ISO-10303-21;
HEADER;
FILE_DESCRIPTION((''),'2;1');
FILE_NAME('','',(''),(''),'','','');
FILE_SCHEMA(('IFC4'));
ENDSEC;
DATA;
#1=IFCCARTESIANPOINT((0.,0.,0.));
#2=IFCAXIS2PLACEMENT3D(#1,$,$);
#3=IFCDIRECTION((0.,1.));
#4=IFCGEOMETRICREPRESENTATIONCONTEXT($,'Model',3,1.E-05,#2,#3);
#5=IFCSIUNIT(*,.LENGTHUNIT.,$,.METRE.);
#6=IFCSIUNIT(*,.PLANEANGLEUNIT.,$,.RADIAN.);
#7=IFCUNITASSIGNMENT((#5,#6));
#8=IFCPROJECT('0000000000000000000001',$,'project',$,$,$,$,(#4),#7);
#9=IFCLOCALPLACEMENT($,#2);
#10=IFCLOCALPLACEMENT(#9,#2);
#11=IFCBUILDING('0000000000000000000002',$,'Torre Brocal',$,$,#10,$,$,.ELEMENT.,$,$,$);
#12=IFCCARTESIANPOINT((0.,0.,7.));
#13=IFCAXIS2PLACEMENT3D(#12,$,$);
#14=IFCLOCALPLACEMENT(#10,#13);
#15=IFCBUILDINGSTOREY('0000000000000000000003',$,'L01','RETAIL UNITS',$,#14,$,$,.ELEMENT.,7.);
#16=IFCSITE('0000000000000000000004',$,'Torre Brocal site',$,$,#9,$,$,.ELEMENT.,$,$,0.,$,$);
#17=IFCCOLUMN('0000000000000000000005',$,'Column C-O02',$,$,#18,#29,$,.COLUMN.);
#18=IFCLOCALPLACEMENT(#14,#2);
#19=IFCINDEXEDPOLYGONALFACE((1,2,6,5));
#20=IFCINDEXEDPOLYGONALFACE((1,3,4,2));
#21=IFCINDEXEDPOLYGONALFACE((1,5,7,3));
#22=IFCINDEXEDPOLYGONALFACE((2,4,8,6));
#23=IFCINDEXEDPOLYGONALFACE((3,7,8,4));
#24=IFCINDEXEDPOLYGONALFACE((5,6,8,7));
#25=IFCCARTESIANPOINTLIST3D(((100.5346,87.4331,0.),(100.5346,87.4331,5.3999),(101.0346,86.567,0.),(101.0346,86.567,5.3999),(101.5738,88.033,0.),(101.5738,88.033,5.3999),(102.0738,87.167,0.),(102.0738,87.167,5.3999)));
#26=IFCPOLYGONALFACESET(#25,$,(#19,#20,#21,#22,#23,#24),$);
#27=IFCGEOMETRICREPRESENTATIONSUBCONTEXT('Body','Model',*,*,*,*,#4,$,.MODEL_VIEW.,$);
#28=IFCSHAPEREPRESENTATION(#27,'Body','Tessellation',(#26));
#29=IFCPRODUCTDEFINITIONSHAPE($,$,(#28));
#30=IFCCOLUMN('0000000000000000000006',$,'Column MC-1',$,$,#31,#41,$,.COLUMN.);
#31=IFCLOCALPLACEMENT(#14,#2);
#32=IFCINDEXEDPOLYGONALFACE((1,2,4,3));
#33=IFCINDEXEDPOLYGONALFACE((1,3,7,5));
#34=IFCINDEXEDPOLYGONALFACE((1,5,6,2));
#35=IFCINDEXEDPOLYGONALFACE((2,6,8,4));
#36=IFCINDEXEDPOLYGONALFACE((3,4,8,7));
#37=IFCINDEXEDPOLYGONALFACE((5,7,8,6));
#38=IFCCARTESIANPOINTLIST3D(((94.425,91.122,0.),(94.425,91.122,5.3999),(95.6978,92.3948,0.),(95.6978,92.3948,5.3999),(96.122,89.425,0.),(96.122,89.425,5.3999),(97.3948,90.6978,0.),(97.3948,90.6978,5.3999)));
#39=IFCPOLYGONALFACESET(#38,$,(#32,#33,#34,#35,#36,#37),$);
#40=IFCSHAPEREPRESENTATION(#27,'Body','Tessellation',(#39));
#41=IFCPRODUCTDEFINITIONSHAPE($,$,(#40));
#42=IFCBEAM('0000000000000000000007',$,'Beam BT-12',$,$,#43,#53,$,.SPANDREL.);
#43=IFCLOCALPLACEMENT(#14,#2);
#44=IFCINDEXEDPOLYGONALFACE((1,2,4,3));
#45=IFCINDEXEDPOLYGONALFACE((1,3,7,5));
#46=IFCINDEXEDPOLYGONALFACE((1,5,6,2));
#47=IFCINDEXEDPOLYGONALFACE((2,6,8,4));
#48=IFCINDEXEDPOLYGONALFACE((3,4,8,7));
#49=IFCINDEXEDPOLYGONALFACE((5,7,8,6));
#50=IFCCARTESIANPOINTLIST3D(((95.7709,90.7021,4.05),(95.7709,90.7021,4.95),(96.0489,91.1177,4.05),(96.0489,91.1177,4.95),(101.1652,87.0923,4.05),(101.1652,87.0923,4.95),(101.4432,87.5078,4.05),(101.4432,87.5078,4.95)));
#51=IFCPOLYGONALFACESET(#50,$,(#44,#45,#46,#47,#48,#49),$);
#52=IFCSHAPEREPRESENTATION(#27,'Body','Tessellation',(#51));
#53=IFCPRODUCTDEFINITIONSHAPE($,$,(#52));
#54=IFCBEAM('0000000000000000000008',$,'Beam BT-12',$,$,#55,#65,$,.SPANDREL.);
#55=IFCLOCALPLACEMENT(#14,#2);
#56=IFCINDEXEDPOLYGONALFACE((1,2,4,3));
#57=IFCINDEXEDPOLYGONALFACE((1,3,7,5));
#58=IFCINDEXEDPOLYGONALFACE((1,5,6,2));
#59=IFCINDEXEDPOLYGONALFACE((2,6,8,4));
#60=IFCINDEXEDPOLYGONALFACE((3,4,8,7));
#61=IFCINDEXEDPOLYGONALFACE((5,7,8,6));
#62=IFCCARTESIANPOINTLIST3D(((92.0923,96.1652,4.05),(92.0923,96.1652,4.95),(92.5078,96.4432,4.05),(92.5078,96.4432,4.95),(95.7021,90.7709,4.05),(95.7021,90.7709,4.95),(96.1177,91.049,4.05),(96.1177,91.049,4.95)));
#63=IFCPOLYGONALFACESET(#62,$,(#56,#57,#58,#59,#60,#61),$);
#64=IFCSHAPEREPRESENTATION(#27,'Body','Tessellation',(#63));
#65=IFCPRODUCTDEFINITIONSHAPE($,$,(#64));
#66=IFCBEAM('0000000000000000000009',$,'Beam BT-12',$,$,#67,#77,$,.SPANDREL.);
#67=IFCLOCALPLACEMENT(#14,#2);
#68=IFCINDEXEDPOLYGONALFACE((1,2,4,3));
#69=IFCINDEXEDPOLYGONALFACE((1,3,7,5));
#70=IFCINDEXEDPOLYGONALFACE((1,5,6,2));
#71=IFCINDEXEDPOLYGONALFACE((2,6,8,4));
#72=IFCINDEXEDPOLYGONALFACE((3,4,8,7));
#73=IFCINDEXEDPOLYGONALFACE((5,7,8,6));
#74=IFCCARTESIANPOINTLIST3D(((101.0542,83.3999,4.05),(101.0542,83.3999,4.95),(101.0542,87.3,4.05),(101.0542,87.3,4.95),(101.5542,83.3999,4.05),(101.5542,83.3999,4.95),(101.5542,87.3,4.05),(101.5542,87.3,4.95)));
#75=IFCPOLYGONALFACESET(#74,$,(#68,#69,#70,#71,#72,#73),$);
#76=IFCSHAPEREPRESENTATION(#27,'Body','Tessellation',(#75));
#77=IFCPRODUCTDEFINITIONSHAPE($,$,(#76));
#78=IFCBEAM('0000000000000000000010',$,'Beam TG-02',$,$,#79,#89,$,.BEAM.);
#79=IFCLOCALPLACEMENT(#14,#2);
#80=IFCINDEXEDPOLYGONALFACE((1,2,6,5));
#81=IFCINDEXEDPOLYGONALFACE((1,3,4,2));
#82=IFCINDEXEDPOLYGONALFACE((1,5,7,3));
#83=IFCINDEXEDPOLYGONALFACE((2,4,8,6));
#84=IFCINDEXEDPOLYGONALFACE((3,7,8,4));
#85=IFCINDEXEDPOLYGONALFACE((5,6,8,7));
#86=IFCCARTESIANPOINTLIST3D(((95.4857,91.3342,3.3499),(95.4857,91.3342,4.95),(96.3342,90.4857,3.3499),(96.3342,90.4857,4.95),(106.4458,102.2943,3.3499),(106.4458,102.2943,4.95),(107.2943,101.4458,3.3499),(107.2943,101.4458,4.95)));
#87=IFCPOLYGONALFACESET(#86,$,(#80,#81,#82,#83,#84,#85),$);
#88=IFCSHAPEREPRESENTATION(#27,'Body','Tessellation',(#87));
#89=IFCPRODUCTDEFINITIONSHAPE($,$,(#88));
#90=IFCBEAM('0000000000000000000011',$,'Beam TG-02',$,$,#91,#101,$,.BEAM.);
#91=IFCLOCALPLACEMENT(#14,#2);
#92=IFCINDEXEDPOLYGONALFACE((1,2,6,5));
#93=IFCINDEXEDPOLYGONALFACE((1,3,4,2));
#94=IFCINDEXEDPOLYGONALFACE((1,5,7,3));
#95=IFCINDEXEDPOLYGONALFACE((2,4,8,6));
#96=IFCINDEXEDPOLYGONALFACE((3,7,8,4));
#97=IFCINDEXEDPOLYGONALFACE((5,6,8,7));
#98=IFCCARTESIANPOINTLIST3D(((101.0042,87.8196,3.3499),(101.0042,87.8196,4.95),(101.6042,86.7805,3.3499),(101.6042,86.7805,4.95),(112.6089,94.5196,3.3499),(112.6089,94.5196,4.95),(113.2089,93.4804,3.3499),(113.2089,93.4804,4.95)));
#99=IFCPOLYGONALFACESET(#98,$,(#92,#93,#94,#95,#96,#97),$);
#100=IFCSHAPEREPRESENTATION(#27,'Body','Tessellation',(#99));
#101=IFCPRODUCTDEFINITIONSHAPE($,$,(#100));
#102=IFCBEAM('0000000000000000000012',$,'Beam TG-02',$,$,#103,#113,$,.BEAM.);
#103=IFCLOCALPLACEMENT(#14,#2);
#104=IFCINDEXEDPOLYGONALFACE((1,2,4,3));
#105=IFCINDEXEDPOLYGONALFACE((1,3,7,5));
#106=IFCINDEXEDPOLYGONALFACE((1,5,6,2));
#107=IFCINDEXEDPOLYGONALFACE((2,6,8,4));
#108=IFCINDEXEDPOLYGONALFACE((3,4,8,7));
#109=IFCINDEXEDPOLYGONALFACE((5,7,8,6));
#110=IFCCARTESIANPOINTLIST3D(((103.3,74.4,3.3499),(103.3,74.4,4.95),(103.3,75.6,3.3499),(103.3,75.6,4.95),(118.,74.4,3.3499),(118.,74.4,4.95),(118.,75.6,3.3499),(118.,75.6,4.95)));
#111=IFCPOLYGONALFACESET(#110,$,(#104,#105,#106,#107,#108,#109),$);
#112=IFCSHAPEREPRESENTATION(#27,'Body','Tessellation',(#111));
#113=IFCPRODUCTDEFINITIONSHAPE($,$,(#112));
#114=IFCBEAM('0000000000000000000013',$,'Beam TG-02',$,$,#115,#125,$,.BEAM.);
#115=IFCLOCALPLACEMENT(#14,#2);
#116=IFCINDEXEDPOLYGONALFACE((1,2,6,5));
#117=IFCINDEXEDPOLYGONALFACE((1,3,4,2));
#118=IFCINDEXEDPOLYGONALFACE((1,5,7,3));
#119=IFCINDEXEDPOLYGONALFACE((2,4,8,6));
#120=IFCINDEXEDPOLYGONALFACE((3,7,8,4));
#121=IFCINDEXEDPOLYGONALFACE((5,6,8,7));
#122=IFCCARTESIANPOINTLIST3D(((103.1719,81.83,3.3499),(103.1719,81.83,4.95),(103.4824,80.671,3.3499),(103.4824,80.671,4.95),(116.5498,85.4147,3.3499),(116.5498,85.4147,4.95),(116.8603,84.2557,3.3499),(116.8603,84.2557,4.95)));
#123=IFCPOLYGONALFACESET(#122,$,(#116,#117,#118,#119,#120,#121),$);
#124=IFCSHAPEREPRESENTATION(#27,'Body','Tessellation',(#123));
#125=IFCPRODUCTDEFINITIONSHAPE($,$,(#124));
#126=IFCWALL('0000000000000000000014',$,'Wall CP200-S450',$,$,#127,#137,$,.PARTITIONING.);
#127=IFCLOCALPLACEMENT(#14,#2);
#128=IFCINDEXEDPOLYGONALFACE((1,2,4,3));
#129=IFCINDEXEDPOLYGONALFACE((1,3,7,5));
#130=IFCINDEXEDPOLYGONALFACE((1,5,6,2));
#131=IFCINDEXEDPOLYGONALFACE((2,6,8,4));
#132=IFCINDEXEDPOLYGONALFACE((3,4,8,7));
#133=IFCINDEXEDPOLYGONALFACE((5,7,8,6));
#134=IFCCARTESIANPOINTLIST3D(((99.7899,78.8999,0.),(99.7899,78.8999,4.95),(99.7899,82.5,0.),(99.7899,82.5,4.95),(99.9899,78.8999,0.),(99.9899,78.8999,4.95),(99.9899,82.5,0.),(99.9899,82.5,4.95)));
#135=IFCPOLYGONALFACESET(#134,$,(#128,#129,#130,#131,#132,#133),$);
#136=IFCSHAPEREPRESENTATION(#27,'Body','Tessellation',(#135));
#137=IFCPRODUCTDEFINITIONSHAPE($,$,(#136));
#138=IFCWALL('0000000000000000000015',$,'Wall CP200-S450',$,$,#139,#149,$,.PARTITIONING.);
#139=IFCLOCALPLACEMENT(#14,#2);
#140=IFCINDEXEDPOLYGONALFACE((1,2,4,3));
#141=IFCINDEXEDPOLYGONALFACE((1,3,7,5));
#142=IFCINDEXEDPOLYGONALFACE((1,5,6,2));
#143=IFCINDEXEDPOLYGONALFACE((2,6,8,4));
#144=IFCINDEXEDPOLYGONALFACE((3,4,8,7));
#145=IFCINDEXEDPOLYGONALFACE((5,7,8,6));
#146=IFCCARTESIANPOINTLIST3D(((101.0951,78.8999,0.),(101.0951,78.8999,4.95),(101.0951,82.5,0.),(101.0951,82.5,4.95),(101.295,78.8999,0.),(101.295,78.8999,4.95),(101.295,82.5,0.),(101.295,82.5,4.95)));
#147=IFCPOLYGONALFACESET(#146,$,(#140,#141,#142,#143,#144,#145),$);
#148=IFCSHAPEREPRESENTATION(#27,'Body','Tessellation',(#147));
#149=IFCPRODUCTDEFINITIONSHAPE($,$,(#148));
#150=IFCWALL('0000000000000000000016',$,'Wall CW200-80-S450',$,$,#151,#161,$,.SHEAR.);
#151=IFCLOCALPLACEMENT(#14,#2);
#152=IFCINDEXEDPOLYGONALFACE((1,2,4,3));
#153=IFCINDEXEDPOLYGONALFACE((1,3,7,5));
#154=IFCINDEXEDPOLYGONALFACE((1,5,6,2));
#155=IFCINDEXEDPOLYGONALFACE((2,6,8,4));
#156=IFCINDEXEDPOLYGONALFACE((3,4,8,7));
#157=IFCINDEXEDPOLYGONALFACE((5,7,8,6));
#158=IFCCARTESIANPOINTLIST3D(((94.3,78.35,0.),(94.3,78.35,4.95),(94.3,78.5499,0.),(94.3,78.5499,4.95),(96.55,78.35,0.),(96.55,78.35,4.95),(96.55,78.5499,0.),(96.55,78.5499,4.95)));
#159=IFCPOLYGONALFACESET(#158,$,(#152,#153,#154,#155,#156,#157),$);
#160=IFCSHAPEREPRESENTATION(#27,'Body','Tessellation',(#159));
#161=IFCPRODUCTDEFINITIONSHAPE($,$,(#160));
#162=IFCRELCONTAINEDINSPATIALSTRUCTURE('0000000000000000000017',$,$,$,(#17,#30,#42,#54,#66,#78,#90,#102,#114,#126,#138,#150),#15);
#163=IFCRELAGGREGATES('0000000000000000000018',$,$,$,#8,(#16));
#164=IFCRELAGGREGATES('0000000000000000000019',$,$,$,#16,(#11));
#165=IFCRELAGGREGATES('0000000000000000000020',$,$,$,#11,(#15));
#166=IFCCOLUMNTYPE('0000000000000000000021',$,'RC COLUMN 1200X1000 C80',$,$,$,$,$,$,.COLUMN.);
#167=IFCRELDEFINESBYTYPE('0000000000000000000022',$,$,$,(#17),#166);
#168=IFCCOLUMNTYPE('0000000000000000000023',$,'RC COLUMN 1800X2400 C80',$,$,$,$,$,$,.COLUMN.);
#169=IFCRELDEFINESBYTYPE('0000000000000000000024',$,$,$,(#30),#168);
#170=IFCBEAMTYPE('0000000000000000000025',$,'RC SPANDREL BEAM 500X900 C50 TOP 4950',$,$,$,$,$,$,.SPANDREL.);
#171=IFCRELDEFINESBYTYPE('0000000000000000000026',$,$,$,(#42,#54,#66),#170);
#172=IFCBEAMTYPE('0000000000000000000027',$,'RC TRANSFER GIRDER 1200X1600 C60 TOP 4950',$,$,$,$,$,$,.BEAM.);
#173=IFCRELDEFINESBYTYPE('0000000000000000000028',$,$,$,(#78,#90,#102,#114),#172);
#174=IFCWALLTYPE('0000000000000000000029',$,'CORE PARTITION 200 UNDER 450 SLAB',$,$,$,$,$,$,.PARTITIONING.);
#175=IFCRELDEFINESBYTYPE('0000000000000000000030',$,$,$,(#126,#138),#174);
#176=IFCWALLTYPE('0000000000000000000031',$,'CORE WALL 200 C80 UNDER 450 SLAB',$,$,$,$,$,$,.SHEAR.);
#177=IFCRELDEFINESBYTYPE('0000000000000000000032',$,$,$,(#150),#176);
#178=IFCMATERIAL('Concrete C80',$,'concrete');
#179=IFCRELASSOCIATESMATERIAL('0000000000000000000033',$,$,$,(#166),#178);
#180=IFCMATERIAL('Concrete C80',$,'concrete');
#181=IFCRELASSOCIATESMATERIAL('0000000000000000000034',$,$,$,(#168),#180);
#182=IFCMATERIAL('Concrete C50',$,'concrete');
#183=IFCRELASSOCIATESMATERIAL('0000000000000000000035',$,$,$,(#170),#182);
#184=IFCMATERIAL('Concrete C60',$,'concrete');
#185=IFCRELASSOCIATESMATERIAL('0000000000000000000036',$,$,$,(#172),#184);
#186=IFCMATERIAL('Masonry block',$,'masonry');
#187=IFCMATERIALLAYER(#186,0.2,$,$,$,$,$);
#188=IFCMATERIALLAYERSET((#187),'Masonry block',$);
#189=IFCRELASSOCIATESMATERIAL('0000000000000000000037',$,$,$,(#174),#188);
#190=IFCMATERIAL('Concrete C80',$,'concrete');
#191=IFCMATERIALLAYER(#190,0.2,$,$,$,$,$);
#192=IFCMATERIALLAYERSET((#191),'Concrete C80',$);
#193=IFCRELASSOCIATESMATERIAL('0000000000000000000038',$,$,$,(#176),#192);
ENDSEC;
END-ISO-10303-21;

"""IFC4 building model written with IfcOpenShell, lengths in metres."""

from ifc_helpers import new_model, si_unit, direction, frame, frame_2d, origin, origin_2d, place, context, subcontext, project, spatial, rectangle, extrude, material, layer, layer_set, material_profile, profile_set, type_object, element, save


model = new_model("IFC4")

# Units and contexts
model_context = context("Model", 3, precision=1e-05, world=origin(), true_north=direction((0.0, 1.0)))
body_context = subcontext(model_context, "Body", "Model", "MODEL_VIEW")
ifc_project = project(units=[si_unit("LENGTHUNIT", "METRE"), si_unit("PLANEANGLEUNIT", "RADIAN")], contexts=[model_context])

# Site, building, storey
site_placement = place(None, origin())
site = spatial("IfcSite", under=ifc_project, at=site_placement, Name="Torre Brocal site", CompositionType="ELEMENT", RefElevation=0.0)
building_placement = place(site_placement, origin())
building = spatial("IfcBuilding", under=site, at=building_placement, Name="Torre Brocal", CompositionType="ELEMENT")
storey_placement = place(building_placement, frame((0.0, 0.0, 7.0)))
storey = spatial("IfcBuildingStorey", under=building, at=storey_placement, Name="L01", Description="RETAIL UNITS", CompositionType="ELEMENT", Elevation=7.0)

# Columns
ifc_material_1 = material(Name="Concrete C80", Category="concrete")
ifc_material_profile_1 = material_profile(ifc_material_1, rectangle(XDim=1.2, YDim=1.0, at=origin_2d()), Name="RC 1200X1000")
ifc_profile_set_1 = profile_set([ifc_material_profile_1], Name="Concrete C80")
column_type_1 = type_object("IfcColumnType", Name="RC COLUMN 1200X1000 C80", PredefinedType="COLUMN", material=ifc_profile_set_1)
column_1_placement = place(storey_placement, frame((101.3042, 87.3, 0.0), z_axis=(0.0, 0.0, 1.0), x_axis=(0.866025, 0.5, 0.0)))
element("IfcColumn", 1, at=column_1_placement, inside=storey, type_object=column_type_1, Name="Column C-O02", PredefinedType="COLUMN", context=body_context, shape_type="SweptSolid", body=[
    extrude(rectangle(XDim=1.2, YDim=1.0, at=origin_2d()), origin(), (0.0, 0.0, 1.0), 5.3999),
])
ifc_material_2 = material(Name="Concrete C80", Category="concrete")
ifc_material_profile_2 = material_profile(ifc_material_2, rectangle(XDim=1.8, YDim=2.3999, at=origin_2d()), Name="RC 1800X2400")
ifc_profile_set_2 = profile_set([ifc_material_profile_2], Name="Concrete C80")
column_type_2 = type_object("IfcColumnType", Name="RC COLUMN 1800X2400 C80", PredefinedType="COLUMN", material=ifc_profile_set_2)
column_2_placement = place(storey_placement, frame((95.9099, 90.9099, 0.0), z_axis=(0.0, 0.0, 1.0), x_axis=(0.707107, 0.707107, 0.0)))
element("IfcColumn", 2, at=column_2_placement, inside=storey, type_object=column_type_2, Name="Column MC-1", PredefinedType="COLUMN", context=body_context, shape_type="SweptSolid", body=[
    extrude(rectangle(XDim=1.8, YDim=2.3999, at=origin_2d()), origin(), (0.0, 0.0, 1.0), 5.3999),
])

# Beams
ifc_material_3 = material(Name="Concrete C50", Category="concrete")
ifc_material_profile_3 = material_profile(ifc_material_3, rectangle(XDim=0.5, YDim=0.8999, at=origin_2d()), Name="RC 500X900")
ifc_profile_set_3 = profile_set([ifc_material_profile_3], Name="Concrete C50")
beam_type_1 = type_object("IfcBeamType", Name="RC SPANDREL BEAM 500X900 C50 TOP 4950", PredefinedType="SPANDREL", material=ifc_profile_set_3)
for number, where, z_axis, x_axis, name in (
    (3, (101.3042, 87.3, 4.5), (-0.831077, 0.556158, 0.0), (-0.556158, -0.831077, 0.0), "Beam BT-12"),
    (4, (95.9099, 90.9099, 4.5), (-0.556158, 0.831077, 0.0), (-0.831077, -0.556158, 0.0), "Beam BT-12"),
):
    element("IfcBeam", number, at=place(storey_placement, frame(where, z_axis=z_axis, x_axis=x_axis)), inside=storey, type_object=beam_type_1, Name=name, PredefinedType="SPANDREL", context=body_context, shape_type="SweptSolid", body=[
        extrude(rectangle(XDim=0.5, YDim=0.8999, at=origin_2d()), origin(), (0.0, 0.0, 1.0), 6.4907),
    ])
beam_1_placement = place(storey_placement, frame((101.3042, 87.3, 4.5), z_axis=(0.0, -1.0, 0.0), x_axis=(1.0, 0.0, 0.0)))
element("IfcBeam", 5, at=beam_1_placement, inside=storey, type_object=beam_type_1, Name="Beam BT-12", PredefinedType="SPANDREL", context=body_context, shape_type="SweptSolid", body=[
    extrude(rectangle(XDim=0.5, YDim=0.8999, at=origin_2d()), origin(), (0.0, 0.0, 1.0), 3.9001),
])
ifc_material_4 = material(Name="Concrete C60", Category="concrete")
ifc_material_profile_4 = material_profile(ifc_material_4, rectangle(XDim=1.2, YDim=1.6001, at=origin_2d()), Name="RC 1200X1600")
ifc_profile_set_4 = profile_set([ifc_material_profile_4], Name="Concrete C60")
beam_type_2 = type_object("IfcBeamType", Name="RC TRANSFER GIRDER 1200X1600 C60 TOP 4950", PredefinedType="BEAM", material=ifc_profile_set_4)
beam_2_placement = place(storey_placement, frame((95.9099, 90.9099, 4.1499), z_axis=(0.707107, 0.707107, 0.0), x_axis=(-0.707107, 0.707107, 0.0)))
element("IfcBeam", 6, at=beam_2_placement, inside=storey, type_object=beam_type_2, Name="Beam TG-02", PredefinedType="BEAM", context=body_context, shape_type="SweptSolid", body=[
    extrude(rectangle(XDim=1.2, YDim=1.6001, at=origin_2d()), origin(), (0.0, 0.0, 1.0), 15.5),
])
beam_3_placement = place(storey_placement, frame((101.3042, 87.3, 4.1499), z_axis=(0.866027, 0.499997, 0.0), x_axis=(-0.499997, 0.866027, 0.0)))
element("IfcBeam", 7, at=beam_3_placement, inside=storey, type_object=beam_type_2, Name="Beam TG-02", PredefinedType="BEAM", context=body_context, shape_type="SweptSolid", body=[
    extrude(rectangle(XDim=1.2, YDim=1.6001, at=origin_2d()), origin(), (0.0, 0.0, 1.0), 13.3999),
])
beam_4_placement = place(storey_placement, frame((103.3, 75.0, 4.1499), z_axis=(1.0, 0.0, 0.0), x_axis=(0.0, 1.0, 0.0)))
element("IfcBeam", 8, at=beam_4_placement, inside=storey, type_object=beam_type_2, Name="Beam TG-02", PredefinedType="BEAM", context=body_context, shape_type="SweptSolid", body=[
    extrude(rectangle(XDim=1.2, YDim=1.6001, at=origin_2d()), origin(), (0.0, 0.0, 1.0), 14.7),
])
beam_5_placement = place(storey_placement, frame((103.3271, 81.2505, 4.1499), z_axis=(0.965924, 0.258827, 0.0), x_axis=(-0.258827, 0.965924, 0.0)))
element("IfcBeam", 9, at=beam_5_placement, inside=storey, type_object=beam_type_2, Name="Beam TG-02", PredefinedType="BEAM", context=body_context, shape_type="SweptSolid", body=[
    extrude(rectangle(XDim=1.2, YDim=1.6001, at=origin_2d()), origin(), (0.0, 0.0, 1.0), 13.8499),
])

# Walls
ifc_material_5 = material(Name="Masonry block", Category="masonry")
ifc_layer_1 = layer(ifc_material_5, 0.2)
ifc_layer_set_1 = layer_set([ifc_layer_1], Name="Masonry block")
wall_type_1 = type_object("IfcWallType", Name="CORE PARTITION 200 UNDER 450 SLAB", PredefinedType="PARTITIONING", material=ifc_layer_set_1)
for number, where, z_axis, x_axis, name in (
    (10, (99.8899, 78.8999, 0.0), (0.0, 0.0, 1.0), (0.0, 1.0, 0.0), "Wall CP200-S450"),
    (11, (101.1951, 78.8999, 0.0), (0.0, 0.0, 1.0), (0.0, 1.0, 0.0), "Wall CP200-S450"),
):
    element("IfcWall", number, at=place(storey_placement, frame(where, z_axis=z_axis, x_axis=x_axis)), inside=storey, type_object=wall_type_1, Name=name, PredefinedType="PARTITIONING", context=body_context, shape_type="SweptSolid", body=[
        extrude(rectangle(XDim=3.6001, YDim=0.2, at=frame_2d((1.8, 0.0))), origin(), (0.0, 0.0, 1.0), 4.95),
    ])
ifc_material_6 = material(Name="Concrete C80", Category="concrete")
ifc_layer_2 = layer(ifc_material_6, 0.2)
ifc_layer_set_2 = layer_set([ifc_layer_2], Name="Concrete C80")
wall_type_2 = type_object("IfcWallType", Name="CORE WALL 200 C80 UNDER 450 SLAB", PredefinedType="SHEAR", material=ifc_layer_set_2)
wall_1_placement = place(storey_placement, frame((94.3, 78.45, 0.0), z_axis=(0.0, 0.0, 1.0), x_axis=(1.0, 0.0, 0.0)))
element("IfcWall", 12, at=wall_1_placement, inside=storey, type_object=wall_type_2, Name="Wall CW200-80-S450", PredefinedType="SHEAR", context=body_context, shape_type="SweptSolid", body=[
    extrude(rectangle(XDim=2.25, YDim=0.2, at=frame_2d((1.125, 0.0))), origin(), (0.0, 0.0, 1.0), 4.95),
])

save(model, "model.ifc")
